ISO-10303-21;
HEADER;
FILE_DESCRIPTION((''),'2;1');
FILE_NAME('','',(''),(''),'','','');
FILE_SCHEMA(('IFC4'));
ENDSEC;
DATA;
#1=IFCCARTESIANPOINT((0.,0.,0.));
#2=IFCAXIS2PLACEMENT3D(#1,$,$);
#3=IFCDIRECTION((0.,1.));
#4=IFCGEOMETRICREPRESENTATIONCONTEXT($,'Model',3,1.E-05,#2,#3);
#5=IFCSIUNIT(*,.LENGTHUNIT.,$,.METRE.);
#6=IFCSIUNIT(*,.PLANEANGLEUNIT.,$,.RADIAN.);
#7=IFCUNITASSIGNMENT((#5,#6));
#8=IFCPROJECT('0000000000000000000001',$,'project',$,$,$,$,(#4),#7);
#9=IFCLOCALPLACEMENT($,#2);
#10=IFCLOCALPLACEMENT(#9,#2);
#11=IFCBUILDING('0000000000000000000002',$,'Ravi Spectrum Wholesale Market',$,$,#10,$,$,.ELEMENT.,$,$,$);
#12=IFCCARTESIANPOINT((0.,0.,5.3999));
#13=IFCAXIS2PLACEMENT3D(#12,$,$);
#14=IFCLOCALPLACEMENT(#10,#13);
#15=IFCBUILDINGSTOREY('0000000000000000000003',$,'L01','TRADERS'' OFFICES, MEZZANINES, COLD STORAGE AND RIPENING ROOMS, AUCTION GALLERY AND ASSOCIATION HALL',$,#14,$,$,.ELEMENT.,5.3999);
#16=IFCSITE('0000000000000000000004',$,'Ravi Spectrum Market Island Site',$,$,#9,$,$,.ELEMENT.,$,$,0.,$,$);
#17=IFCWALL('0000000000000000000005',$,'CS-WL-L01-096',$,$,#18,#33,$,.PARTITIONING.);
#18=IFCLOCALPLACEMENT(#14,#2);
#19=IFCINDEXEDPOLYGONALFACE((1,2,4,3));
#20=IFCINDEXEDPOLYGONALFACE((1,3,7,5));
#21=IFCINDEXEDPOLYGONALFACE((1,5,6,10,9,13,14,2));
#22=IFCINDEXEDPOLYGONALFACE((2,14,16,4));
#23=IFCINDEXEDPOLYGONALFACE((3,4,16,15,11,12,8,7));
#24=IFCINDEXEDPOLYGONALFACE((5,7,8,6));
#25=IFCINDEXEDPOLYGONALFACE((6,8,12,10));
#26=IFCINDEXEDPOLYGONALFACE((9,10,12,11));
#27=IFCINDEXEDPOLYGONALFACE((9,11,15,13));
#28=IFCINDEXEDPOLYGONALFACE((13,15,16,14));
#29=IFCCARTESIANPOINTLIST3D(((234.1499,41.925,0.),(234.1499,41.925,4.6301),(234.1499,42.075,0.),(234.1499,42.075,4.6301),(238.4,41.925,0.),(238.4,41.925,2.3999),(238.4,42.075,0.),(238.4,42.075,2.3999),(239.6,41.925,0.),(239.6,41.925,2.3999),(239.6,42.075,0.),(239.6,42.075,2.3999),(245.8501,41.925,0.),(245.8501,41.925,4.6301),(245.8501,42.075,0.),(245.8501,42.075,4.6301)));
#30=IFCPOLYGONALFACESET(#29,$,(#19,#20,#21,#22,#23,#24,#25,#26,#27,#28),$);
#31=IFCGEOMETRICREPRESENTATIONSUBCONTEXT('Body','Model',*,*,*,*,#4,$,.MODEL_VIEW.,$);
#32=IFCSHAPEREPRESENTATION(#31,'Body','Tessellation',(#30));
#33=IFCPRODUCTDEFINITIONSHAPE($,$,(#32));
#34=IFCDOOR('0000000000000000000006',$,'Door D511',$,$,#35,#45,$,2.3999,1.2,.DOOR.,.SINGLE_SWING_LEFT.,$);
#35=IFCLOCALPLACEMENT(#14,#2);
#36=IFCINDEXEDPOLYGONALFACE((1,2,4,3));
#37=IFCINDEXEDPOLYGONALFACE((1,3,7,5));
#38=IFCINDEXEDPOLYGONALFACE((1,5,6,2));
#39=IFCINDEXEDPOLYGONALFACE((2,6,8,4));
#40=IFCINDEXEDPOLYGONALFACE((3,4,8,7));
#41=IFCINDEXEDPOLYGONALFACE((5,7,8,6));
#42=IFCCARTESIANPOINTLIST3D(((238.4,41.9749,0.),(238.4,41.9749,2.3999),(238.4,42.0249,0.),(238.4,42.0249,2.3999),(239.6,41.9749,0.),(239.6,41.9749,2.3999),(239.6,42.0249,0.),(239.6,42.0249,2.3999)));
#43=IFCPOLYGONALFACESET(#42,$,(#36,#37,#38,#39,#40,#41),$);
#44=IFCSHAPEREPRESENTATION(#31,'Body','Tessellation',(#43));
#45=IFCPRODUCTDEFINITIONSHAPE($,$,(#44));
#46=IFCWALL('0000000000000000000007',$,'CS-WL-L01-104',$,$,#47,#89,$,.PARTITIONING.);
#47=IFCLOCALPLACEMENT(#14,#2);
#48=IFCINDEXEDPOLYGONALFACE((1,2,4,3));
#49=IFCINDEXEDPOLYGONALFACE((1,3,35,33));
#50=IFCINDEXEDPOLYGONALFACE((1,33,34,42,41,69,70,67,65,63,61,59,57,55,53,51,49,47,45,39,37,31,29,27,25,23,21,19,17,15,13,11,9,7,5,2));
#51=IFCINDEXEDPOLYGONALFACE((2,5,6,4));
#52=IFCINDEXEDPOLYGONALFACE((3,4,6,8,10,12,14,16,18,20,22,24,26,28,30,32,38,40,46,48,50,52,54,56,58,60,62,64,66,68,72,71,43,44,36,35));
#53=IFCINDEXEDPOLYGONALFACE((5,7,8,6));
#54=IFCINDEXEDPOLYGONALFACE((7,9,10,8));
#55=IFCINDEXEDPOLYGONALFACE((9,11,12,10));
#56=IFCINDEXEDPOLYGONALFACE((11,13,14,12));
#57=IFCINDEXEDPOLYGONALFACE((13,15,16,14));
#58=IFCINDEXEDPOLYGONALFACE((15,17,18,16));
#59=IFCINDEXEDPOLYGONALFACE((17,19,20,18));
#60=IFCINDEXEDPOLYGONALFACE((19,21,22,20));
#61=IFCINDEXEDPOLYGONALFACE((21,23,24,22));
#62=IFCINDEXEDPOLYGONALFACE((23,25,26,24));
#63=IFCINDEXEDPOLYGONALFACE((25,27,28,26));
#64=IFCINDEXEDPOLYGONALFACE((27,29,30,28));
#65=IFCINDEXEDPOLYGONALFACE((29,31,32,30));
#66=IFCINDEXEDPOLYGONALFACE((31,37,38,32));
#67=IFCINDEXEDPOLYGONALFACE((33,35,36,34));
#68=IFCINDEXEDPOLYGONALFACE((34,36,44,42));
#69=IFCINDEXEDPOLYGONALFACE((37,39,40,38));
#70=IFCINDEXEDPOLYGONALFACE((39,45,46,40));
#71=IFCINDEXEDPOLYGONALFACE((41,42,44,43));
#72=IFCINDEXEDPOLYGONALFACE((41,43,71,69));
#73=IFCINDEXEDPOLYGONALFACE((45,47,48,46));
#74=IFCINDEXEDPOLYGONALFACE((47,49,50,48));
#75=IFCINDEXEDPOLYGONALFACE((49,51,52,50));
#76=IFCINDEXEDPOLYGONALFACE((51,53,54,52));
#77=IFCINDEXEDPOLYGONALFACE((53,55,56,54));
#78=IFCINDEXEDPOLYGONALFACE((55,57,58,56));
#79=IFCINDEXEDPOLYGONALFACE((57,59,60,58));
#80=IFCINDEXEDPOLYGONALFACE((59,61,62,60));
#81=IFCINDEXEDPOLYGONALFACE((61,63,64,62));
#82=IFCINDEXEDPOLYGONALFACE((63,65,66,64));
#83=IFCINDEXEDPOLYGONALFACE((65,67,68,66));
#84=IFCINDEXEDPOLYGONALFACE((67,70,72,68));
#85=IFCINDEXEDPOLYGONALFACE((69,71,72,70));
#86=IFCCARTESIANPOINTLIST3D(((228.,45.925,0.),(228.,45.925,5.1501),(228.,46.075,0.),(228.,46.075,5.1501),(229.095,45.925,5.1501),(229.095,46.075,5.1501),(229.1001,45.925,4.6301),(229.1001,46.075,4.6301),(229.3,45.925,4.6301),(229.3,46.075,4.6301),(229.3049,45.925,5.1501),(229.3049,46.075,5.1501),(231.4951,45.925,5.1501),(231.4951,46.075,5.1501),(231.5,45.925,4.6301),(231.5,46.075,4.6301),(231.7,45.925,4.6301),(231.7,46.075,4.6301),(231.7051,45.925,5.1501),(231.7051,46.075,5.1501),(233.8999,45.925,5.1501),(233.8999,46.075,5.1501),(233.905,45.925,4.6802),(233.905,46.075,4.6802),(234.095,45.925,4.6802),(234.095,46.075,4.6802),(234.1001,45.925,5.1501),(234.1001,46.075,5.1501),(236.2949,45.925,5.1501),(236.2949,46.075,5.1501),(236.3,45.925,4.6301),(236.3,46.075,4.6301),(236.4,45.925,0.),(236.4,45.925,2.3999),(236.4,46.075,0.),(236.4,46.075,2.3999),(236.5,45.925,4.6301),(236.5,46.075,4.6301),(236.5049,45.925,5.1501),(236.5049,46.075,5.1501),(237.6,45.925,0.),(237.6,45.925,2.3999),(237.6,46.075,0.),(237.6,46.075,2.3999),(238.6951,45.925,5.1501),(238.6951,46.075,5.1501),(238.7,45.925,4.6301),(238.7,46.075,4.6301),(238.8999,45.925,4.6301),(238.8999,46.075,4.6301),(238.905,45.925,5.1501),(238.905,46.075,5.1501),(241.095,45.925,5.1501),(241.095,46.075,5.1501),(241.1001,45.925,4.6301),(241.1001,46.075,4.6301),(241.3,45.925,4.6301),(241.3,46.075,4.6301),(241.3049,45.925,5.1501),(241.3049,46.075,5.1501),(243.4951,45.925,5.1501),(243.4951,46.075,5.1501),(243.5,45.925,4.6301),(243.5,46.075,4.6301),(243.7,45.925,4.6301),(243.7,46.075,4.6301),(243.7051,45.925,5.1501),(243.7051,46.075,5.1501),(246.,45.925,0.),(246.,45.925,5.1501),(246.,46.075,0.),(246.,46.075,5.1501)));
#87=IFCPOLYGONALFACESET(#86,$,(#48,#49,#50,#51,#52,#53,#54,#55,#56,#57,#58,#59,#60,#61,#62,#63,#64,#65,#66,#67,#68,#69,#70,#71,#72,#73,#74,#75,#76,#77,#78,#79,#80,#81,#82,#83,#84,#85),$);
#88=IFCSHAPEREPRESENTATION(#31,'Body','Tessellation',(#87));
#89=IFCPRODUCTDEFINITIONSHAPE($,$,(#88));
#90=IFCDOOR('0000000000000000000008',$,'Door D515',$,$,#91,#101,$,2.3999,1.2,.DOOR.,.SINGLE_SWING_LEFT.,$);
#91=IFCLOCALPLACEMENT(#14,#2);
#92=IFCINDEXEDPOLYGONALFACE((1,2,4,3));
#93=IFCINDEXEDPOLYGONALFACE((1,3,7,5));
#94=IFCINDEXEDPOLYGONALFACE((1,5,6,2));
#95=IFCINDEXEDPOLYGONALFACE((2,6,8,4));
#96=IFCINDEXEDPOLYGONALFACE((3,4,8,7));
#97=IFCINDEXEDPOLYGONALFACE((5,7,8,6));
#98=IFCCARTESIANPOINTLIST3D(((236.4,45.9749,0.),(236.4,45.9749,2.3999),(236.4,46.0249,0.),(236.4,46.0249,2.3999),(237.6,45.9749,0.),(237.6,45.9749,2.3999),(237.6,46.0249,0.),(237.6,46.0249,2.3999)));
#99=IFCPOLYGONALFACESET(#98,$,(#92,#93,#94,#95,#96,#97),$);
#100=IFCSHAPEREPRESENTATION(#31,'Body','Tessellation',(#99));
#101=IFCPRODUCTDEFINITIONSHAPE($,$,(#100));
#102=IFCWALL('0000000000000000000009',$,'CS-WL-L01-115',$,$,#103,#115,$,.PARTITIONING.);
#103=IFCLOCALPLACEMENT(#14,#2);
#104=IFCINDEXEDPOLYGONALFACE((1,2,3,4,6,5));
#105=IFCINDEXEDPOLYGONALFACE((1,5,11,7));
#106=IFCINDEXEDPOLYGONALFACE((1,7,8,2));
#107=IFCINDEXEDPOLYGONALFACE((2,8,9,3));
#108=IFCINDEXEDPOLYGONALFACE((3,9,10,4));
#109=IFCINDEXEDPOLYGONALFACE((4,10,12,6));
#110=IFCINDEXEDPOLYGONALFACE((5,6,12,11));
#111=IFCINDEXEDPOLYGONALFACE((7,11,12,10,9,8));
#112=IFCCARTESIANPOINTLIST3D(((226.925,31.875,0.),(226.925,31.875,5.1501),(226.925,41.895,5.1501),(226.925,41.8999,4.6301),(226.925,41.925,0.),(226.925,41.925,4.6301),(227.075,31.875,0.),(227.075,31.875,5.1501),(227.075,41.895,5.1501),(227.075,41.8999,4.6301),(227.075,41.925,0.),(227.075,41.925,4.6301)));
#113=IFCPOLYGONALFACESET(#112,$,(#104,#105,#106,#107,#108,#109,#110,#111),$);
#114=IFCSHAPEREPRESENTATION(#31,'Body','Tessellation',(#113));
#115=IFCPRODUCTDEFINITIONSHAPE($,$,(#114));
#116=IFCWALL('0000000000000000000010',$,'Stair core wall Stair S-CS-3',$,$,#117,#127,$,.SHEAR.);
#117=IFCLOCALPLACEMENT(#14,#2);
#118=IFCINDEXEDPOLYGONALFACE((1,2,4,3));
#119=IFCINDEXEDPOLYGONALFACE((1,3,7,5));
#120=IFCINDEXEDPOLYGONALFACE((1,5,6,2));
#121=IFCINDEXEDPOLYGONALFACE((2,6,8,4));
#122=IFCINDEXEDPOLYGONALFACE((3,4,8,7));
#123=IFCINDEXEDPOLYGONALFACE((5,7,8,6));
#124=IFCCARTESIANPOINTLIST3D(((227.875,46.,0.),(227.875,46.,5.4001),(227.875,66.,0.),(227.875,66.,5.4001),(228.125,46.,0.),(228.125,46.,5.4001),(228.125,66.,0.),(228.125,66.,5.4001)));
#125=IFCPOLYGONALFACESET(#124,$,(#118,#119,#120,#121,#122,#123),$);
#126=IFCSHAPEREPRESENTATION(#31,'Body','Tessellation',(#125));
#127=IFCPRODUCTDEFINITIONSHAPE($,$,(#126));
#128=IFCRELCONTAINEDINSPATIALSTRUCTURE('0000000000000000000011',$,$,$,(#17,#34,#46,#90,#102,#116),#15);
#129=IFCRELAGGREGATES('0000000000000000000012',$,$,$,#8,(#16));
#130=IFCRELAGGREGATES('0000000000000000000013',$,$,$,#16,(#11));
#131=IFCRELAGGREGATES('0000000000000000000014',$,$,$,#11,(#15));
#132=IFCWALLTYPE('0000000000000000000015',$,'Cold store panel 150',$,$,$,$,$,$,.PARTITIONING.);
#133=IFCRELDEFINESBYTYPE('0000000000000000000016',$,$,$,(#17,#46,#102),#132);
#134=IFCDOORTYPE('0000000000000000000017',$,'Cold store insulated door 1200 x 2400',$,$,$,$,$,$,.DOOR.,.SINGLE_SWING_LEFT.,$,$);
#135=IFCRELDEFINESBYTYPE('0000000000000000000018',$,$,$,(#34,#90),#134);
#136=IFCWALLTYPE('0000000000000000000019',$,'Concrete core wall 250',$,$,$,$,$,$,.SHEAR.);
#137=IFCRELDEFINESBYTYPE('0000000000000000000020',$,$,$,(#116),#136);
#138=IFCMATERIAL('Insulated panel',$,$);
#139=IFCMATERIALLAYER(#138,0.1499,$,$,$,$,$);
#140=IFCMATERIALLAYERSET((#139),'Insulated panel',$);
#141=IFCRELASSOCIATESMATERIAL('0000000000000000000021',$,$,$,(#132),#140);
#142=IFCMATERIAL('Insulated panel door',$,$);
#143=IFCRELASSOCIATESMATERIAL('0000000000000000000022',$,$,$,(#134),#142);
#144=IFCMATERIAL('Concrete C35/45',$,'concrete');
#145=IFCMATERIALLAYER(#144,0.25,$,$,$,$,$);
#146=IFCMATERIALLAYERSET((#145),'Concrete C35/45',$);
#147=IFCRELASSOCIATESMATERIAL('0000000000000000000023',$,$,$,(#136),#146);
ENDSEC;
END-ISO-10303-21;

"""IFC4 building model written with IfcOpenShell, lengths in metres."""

from ifc_helpers import new_model, si_unit, direction, frame, frame_2d, origin, place, context, subcontext, project, spatial, polyline, rectangle, outline, extrude, material, layer, layer_set, type_object, element, fill, save


model = new_model("IFC4")

# Units and contexts
model_context = context("Model", 3, precision=1e-05, world=origin(), true_north=direction((0.0, 1.0)))
body_context = subcontext(model_context, "Body", "Model", "MODEL_VIEW")
ifc_project = project(units=[si_unit("LENGTHUNIT", "METRE"), si_unit("PLANEANGLEUNIT", "RADIAN")], contexts=[model_context])

# Site, building, storey
site_placement = place(None, origin())
site = spatial("IfcSite", under=ifc_project, at=site_placement, Name="Ravi Spectrum Market Island Site", CompositionType="ELEMENT", RefElevation=0.0)
building_placement = place(site_placement, origin())
building = spatial("IfcBuilding", under=site, at=building_placement, Name="Ravi Spectrum Wholesale Market", CompositionType="ELEMENT")
storey_placement = place(building_placement, frame((0.0, 0.0, 5.3999)))
storey = spatial("IfcBuildingStorey", under=building, at=storey_placement, Name="L01", Description="TRADERS' OFFICES, MEZZANINES, COLD STORAGE AND RIPENING ROOMS, AUCTION GALLERY AND ASSOCIATION HALL", CompositionType="ELEMENT", Elevation=5.3999)

# Shared definitions
ifc_material_1 = material(Name="Insulated panel")
ifc_layer_1 = layer(ifc_material_1, 0.1499)
ifc_layer_set_1 = layer_set([ifc_layer_1], Name="Insulated panel")
wall_type_1 = type_object("IfcWallType", Name="Cold store panel 150", PredefinedType="PARTITIONING", material=ifc_layer_set_1)

# Walls, openings, doors
wall_1_placement = place(storey_placement, frame((234.1499, 42.0, 0.0), z_axis=(0.0, 0.0, 1.0), x_axis=(1.0, 0.0, 0.0)))
wall_1 = element("IfcWall", 1, at=wall_1_placement, inside=storey, type_object=wall_type_1, Name="CS-WL-L01-096", PredefinedType="PARTITIONING", context=body_context, shape_type="SweptSolid", body=[
    extrude(rectangle(XDim=11.7002, YDim=0.1499, at=frame_2d((5.8501, 0.0))), origin(), (0.0, 0.0, 1.0), 4.6301),
])
opening_1_placement = place(wall_1_placement, frame((4.25, 0.0, 0.0)))
opening_1 = element("IfcOpeningElement", 2, at=opening_1_placement, cuts=wall_1, PredefinedType="OPENING", context=body_context, shape_type="SweptSolid", body=[
    extrude(rectangle(XDim=1.2, YDim=2.3999, at=frame_2d((0.6001, 1.2))), frame((0.0, 0.085, 0.0), z_axis=(0.0, -1.0, 0.0), x_axis=(1.0, 0.0, 0.0)), (0.0, 0.0, 1.0), 0.1699),
])
ifc_material_2 = material(Name="Insulated panel door")
door_type = type_object("IfcDoorType", Name="Cold store insulated door 1200 x 2400", OperationType="SINGLE_SWING_LEFT", PredefinedType="DOOR", material=ifc_material_2)
door_1_placement = place(opening_1_placement, origin())
door_1 = element("IfcDoor", 3, at=door_1_placement, inside=storey, type_object=door_type, Name="Door D511", OperationType="SINGLE_SWING_LEFT", OverallHeight=2.3999, OverallWidth=1.2, PredefinedType="DOOR", context=body_context, shape_type="SweptSolid", body=[
    extrude(rectangle(XDim=1.2, YDim=2.3999, at=frame_2d((0.6001, 1.2))), frame((0.0, 0.0249, 0.0), z_axis=(0.0, -1.0, 0.0), x_axis=(1.0, 0.0, 0.0)), (0.0, 0.0, 1.0), 0.05),
])
fill(opening_1, door_1)
wall_2_placement = place(storey_placement, frame((228.0, 46.0, 0.0), z_axis=(0.0, 0.0, 1.0), x_axis=(1.0, 0.0, 0.0)))
wall_2 = element("IfcWall", 4, at=wall_2_placement, inside=storey, type_object=wall_type_1, Name="CS-WL-L01-104", PredefinedType="PARTITIONING", context=body_context, shape_type="SweptSolid", body=[
    extrude(outline(polyline([(0.0, 0.0), (18.0, 0.0), (18.0, 5.1501), (15.7051, 5.1501), (15.7, 4.6301), (15.5, 4.6301), (15.4951, 5.1501), (13.3049, 5.1501), (13.3, 4.6301), (13.1001, 4.6301), (13.095, 5.1501), (10.905, 5.1501), (10.8999, 4.6301), (10.7, 4.6301), (10.6951, 5.1501), (8.5049, 5.1501), (8.5, 4.6301), (8.3, 4.6301), (8.2949, 5.1501), (6.1001, 5.1501), (6.095, 4.6802), (5.905, 4.6802), (5.8999, 5.1501), (3.7051, 5.1501), (3.7, 4.6301), (3.5, 4.6301), (3.4951, 5.1501), (1.3049, 5.1501), (1.3, 4.6301), (1.1001, 4.6301), (1.095, 5.1501), (0.0, 5.1501), (0.0, 0.0)])), frame((0.0, 0.075, 0.0), z_axis=(0.0, -1.0, 0.0), x_axis=(1.0, 0.0, 0.0)), (0.0, 0.0, 1.0), 0.1499),
])
opening_2_placement = place(wall_2_placement, frame((8.3999, 0.0, 0.0)))
opening_2 = element("IfcOpeningElement", 5, at=opening_2_placement, cuts=wall_2, PredefinedType="OPENING", context=body_context, shape_type="SweptSolid", body=[
    extrude(rectangle(XDim=1.2, YDim=2.3999, at=frame_2d((0.6001, 1.2))), frame((0.0, 0.085, 0.0), z_axis=(0.0, -1.0, 0.0), x_axis=(1.0, 0.0, 0.0)), (0.0, 0.0, 1.0), 0.1699),
])
door_2_placement = place(opening_2_placement, origin())
door_2 = element("IfcDoor", 6, at=door_2_placement, inside=storey, type_object=door_type, Name="Door D515", OperationType="SINGLE_SWING_LEFT", OverallHeight=2.3999, OverallWidth=1.2, PredefinedType="DOOR", context=body_context, shape_type="SweptSolid", body=[
    extrude(rectangle(XDim=1.2, YDim=2.3999, at=frame_2d((0.6001, 1.2))), frame((0.0, 0.0249, 0.0), z_axis=(0.0, -1.0, 0.0), x_axis=(1.0, 0.0, 0.0)), (0.0, 0.0, 1.0), 0.05),
])
fill(opening_2, door_2)

# Walls
wall_3_placement = place(storey_placement, frame((227.0, 31.875, 0.0), z_axis=(0.0, 0.0, 1.0), x_axis=(0.0, 1.0, 0.0)))
element("IfcWall", 7, at=wall_3_placement, inside=storey, type_object=wall_type_1, Name="CS-WL-L01-115", PredefinedType="PARTITIONING", context=body_context, shape_type="SweptSolid", body=[
    extrude(outline(polyline([(0.0, 0.0), (10.05, 0.0), (10.05, 4.6301), (10.0249, 4.6301), (10.02, 5.1501), (0.0, 5.1501), (0.0, 0.0)])), frame((0.0, 0.075, 0.0), z_axis=(0.0, -1.0, 0.0), x_axis=(1.0, 0.0, 0.0)), (0.0, 0.0, 1.0), 0.1499),
])
ifc_material_3 = material(Name="Concrete C35/45", Category="concrete")
ifc_layer_2 = layer(ifc_material_3, 0.25)
ifc_layer_set_2 = layer_set([ifc_layer_2], Name="Concrete C35/45")
wall_type_2 = type_object("IfcWallType", Name="Concrete core wall 250", PredefinedType="SHEAR", material=ifc_layer_set_2)
wall_4_placement = place(storey_placement, frame((228.0, 46.0, 0.0), z_axis=(0.0, 0.0, 1.0), x_axis=(0.0, 1.0, 0.0)))
element("IfcWall", 8, at=wall_4_placement, inside=storey, type_object=wall_type_2, Name="Stair core wall Stair S-CS-3", PredefinedType="SHEAR", context=body_context, shape_type="SweptSolid", body=[
    extrude(rectangle(XDim=20.0, YDim=0.25, at=frame_2d((10.0, 0.0))), origin(), (0.0, 0.0, 1.0), 5.4001),
])

save(model, "model.ifc")
